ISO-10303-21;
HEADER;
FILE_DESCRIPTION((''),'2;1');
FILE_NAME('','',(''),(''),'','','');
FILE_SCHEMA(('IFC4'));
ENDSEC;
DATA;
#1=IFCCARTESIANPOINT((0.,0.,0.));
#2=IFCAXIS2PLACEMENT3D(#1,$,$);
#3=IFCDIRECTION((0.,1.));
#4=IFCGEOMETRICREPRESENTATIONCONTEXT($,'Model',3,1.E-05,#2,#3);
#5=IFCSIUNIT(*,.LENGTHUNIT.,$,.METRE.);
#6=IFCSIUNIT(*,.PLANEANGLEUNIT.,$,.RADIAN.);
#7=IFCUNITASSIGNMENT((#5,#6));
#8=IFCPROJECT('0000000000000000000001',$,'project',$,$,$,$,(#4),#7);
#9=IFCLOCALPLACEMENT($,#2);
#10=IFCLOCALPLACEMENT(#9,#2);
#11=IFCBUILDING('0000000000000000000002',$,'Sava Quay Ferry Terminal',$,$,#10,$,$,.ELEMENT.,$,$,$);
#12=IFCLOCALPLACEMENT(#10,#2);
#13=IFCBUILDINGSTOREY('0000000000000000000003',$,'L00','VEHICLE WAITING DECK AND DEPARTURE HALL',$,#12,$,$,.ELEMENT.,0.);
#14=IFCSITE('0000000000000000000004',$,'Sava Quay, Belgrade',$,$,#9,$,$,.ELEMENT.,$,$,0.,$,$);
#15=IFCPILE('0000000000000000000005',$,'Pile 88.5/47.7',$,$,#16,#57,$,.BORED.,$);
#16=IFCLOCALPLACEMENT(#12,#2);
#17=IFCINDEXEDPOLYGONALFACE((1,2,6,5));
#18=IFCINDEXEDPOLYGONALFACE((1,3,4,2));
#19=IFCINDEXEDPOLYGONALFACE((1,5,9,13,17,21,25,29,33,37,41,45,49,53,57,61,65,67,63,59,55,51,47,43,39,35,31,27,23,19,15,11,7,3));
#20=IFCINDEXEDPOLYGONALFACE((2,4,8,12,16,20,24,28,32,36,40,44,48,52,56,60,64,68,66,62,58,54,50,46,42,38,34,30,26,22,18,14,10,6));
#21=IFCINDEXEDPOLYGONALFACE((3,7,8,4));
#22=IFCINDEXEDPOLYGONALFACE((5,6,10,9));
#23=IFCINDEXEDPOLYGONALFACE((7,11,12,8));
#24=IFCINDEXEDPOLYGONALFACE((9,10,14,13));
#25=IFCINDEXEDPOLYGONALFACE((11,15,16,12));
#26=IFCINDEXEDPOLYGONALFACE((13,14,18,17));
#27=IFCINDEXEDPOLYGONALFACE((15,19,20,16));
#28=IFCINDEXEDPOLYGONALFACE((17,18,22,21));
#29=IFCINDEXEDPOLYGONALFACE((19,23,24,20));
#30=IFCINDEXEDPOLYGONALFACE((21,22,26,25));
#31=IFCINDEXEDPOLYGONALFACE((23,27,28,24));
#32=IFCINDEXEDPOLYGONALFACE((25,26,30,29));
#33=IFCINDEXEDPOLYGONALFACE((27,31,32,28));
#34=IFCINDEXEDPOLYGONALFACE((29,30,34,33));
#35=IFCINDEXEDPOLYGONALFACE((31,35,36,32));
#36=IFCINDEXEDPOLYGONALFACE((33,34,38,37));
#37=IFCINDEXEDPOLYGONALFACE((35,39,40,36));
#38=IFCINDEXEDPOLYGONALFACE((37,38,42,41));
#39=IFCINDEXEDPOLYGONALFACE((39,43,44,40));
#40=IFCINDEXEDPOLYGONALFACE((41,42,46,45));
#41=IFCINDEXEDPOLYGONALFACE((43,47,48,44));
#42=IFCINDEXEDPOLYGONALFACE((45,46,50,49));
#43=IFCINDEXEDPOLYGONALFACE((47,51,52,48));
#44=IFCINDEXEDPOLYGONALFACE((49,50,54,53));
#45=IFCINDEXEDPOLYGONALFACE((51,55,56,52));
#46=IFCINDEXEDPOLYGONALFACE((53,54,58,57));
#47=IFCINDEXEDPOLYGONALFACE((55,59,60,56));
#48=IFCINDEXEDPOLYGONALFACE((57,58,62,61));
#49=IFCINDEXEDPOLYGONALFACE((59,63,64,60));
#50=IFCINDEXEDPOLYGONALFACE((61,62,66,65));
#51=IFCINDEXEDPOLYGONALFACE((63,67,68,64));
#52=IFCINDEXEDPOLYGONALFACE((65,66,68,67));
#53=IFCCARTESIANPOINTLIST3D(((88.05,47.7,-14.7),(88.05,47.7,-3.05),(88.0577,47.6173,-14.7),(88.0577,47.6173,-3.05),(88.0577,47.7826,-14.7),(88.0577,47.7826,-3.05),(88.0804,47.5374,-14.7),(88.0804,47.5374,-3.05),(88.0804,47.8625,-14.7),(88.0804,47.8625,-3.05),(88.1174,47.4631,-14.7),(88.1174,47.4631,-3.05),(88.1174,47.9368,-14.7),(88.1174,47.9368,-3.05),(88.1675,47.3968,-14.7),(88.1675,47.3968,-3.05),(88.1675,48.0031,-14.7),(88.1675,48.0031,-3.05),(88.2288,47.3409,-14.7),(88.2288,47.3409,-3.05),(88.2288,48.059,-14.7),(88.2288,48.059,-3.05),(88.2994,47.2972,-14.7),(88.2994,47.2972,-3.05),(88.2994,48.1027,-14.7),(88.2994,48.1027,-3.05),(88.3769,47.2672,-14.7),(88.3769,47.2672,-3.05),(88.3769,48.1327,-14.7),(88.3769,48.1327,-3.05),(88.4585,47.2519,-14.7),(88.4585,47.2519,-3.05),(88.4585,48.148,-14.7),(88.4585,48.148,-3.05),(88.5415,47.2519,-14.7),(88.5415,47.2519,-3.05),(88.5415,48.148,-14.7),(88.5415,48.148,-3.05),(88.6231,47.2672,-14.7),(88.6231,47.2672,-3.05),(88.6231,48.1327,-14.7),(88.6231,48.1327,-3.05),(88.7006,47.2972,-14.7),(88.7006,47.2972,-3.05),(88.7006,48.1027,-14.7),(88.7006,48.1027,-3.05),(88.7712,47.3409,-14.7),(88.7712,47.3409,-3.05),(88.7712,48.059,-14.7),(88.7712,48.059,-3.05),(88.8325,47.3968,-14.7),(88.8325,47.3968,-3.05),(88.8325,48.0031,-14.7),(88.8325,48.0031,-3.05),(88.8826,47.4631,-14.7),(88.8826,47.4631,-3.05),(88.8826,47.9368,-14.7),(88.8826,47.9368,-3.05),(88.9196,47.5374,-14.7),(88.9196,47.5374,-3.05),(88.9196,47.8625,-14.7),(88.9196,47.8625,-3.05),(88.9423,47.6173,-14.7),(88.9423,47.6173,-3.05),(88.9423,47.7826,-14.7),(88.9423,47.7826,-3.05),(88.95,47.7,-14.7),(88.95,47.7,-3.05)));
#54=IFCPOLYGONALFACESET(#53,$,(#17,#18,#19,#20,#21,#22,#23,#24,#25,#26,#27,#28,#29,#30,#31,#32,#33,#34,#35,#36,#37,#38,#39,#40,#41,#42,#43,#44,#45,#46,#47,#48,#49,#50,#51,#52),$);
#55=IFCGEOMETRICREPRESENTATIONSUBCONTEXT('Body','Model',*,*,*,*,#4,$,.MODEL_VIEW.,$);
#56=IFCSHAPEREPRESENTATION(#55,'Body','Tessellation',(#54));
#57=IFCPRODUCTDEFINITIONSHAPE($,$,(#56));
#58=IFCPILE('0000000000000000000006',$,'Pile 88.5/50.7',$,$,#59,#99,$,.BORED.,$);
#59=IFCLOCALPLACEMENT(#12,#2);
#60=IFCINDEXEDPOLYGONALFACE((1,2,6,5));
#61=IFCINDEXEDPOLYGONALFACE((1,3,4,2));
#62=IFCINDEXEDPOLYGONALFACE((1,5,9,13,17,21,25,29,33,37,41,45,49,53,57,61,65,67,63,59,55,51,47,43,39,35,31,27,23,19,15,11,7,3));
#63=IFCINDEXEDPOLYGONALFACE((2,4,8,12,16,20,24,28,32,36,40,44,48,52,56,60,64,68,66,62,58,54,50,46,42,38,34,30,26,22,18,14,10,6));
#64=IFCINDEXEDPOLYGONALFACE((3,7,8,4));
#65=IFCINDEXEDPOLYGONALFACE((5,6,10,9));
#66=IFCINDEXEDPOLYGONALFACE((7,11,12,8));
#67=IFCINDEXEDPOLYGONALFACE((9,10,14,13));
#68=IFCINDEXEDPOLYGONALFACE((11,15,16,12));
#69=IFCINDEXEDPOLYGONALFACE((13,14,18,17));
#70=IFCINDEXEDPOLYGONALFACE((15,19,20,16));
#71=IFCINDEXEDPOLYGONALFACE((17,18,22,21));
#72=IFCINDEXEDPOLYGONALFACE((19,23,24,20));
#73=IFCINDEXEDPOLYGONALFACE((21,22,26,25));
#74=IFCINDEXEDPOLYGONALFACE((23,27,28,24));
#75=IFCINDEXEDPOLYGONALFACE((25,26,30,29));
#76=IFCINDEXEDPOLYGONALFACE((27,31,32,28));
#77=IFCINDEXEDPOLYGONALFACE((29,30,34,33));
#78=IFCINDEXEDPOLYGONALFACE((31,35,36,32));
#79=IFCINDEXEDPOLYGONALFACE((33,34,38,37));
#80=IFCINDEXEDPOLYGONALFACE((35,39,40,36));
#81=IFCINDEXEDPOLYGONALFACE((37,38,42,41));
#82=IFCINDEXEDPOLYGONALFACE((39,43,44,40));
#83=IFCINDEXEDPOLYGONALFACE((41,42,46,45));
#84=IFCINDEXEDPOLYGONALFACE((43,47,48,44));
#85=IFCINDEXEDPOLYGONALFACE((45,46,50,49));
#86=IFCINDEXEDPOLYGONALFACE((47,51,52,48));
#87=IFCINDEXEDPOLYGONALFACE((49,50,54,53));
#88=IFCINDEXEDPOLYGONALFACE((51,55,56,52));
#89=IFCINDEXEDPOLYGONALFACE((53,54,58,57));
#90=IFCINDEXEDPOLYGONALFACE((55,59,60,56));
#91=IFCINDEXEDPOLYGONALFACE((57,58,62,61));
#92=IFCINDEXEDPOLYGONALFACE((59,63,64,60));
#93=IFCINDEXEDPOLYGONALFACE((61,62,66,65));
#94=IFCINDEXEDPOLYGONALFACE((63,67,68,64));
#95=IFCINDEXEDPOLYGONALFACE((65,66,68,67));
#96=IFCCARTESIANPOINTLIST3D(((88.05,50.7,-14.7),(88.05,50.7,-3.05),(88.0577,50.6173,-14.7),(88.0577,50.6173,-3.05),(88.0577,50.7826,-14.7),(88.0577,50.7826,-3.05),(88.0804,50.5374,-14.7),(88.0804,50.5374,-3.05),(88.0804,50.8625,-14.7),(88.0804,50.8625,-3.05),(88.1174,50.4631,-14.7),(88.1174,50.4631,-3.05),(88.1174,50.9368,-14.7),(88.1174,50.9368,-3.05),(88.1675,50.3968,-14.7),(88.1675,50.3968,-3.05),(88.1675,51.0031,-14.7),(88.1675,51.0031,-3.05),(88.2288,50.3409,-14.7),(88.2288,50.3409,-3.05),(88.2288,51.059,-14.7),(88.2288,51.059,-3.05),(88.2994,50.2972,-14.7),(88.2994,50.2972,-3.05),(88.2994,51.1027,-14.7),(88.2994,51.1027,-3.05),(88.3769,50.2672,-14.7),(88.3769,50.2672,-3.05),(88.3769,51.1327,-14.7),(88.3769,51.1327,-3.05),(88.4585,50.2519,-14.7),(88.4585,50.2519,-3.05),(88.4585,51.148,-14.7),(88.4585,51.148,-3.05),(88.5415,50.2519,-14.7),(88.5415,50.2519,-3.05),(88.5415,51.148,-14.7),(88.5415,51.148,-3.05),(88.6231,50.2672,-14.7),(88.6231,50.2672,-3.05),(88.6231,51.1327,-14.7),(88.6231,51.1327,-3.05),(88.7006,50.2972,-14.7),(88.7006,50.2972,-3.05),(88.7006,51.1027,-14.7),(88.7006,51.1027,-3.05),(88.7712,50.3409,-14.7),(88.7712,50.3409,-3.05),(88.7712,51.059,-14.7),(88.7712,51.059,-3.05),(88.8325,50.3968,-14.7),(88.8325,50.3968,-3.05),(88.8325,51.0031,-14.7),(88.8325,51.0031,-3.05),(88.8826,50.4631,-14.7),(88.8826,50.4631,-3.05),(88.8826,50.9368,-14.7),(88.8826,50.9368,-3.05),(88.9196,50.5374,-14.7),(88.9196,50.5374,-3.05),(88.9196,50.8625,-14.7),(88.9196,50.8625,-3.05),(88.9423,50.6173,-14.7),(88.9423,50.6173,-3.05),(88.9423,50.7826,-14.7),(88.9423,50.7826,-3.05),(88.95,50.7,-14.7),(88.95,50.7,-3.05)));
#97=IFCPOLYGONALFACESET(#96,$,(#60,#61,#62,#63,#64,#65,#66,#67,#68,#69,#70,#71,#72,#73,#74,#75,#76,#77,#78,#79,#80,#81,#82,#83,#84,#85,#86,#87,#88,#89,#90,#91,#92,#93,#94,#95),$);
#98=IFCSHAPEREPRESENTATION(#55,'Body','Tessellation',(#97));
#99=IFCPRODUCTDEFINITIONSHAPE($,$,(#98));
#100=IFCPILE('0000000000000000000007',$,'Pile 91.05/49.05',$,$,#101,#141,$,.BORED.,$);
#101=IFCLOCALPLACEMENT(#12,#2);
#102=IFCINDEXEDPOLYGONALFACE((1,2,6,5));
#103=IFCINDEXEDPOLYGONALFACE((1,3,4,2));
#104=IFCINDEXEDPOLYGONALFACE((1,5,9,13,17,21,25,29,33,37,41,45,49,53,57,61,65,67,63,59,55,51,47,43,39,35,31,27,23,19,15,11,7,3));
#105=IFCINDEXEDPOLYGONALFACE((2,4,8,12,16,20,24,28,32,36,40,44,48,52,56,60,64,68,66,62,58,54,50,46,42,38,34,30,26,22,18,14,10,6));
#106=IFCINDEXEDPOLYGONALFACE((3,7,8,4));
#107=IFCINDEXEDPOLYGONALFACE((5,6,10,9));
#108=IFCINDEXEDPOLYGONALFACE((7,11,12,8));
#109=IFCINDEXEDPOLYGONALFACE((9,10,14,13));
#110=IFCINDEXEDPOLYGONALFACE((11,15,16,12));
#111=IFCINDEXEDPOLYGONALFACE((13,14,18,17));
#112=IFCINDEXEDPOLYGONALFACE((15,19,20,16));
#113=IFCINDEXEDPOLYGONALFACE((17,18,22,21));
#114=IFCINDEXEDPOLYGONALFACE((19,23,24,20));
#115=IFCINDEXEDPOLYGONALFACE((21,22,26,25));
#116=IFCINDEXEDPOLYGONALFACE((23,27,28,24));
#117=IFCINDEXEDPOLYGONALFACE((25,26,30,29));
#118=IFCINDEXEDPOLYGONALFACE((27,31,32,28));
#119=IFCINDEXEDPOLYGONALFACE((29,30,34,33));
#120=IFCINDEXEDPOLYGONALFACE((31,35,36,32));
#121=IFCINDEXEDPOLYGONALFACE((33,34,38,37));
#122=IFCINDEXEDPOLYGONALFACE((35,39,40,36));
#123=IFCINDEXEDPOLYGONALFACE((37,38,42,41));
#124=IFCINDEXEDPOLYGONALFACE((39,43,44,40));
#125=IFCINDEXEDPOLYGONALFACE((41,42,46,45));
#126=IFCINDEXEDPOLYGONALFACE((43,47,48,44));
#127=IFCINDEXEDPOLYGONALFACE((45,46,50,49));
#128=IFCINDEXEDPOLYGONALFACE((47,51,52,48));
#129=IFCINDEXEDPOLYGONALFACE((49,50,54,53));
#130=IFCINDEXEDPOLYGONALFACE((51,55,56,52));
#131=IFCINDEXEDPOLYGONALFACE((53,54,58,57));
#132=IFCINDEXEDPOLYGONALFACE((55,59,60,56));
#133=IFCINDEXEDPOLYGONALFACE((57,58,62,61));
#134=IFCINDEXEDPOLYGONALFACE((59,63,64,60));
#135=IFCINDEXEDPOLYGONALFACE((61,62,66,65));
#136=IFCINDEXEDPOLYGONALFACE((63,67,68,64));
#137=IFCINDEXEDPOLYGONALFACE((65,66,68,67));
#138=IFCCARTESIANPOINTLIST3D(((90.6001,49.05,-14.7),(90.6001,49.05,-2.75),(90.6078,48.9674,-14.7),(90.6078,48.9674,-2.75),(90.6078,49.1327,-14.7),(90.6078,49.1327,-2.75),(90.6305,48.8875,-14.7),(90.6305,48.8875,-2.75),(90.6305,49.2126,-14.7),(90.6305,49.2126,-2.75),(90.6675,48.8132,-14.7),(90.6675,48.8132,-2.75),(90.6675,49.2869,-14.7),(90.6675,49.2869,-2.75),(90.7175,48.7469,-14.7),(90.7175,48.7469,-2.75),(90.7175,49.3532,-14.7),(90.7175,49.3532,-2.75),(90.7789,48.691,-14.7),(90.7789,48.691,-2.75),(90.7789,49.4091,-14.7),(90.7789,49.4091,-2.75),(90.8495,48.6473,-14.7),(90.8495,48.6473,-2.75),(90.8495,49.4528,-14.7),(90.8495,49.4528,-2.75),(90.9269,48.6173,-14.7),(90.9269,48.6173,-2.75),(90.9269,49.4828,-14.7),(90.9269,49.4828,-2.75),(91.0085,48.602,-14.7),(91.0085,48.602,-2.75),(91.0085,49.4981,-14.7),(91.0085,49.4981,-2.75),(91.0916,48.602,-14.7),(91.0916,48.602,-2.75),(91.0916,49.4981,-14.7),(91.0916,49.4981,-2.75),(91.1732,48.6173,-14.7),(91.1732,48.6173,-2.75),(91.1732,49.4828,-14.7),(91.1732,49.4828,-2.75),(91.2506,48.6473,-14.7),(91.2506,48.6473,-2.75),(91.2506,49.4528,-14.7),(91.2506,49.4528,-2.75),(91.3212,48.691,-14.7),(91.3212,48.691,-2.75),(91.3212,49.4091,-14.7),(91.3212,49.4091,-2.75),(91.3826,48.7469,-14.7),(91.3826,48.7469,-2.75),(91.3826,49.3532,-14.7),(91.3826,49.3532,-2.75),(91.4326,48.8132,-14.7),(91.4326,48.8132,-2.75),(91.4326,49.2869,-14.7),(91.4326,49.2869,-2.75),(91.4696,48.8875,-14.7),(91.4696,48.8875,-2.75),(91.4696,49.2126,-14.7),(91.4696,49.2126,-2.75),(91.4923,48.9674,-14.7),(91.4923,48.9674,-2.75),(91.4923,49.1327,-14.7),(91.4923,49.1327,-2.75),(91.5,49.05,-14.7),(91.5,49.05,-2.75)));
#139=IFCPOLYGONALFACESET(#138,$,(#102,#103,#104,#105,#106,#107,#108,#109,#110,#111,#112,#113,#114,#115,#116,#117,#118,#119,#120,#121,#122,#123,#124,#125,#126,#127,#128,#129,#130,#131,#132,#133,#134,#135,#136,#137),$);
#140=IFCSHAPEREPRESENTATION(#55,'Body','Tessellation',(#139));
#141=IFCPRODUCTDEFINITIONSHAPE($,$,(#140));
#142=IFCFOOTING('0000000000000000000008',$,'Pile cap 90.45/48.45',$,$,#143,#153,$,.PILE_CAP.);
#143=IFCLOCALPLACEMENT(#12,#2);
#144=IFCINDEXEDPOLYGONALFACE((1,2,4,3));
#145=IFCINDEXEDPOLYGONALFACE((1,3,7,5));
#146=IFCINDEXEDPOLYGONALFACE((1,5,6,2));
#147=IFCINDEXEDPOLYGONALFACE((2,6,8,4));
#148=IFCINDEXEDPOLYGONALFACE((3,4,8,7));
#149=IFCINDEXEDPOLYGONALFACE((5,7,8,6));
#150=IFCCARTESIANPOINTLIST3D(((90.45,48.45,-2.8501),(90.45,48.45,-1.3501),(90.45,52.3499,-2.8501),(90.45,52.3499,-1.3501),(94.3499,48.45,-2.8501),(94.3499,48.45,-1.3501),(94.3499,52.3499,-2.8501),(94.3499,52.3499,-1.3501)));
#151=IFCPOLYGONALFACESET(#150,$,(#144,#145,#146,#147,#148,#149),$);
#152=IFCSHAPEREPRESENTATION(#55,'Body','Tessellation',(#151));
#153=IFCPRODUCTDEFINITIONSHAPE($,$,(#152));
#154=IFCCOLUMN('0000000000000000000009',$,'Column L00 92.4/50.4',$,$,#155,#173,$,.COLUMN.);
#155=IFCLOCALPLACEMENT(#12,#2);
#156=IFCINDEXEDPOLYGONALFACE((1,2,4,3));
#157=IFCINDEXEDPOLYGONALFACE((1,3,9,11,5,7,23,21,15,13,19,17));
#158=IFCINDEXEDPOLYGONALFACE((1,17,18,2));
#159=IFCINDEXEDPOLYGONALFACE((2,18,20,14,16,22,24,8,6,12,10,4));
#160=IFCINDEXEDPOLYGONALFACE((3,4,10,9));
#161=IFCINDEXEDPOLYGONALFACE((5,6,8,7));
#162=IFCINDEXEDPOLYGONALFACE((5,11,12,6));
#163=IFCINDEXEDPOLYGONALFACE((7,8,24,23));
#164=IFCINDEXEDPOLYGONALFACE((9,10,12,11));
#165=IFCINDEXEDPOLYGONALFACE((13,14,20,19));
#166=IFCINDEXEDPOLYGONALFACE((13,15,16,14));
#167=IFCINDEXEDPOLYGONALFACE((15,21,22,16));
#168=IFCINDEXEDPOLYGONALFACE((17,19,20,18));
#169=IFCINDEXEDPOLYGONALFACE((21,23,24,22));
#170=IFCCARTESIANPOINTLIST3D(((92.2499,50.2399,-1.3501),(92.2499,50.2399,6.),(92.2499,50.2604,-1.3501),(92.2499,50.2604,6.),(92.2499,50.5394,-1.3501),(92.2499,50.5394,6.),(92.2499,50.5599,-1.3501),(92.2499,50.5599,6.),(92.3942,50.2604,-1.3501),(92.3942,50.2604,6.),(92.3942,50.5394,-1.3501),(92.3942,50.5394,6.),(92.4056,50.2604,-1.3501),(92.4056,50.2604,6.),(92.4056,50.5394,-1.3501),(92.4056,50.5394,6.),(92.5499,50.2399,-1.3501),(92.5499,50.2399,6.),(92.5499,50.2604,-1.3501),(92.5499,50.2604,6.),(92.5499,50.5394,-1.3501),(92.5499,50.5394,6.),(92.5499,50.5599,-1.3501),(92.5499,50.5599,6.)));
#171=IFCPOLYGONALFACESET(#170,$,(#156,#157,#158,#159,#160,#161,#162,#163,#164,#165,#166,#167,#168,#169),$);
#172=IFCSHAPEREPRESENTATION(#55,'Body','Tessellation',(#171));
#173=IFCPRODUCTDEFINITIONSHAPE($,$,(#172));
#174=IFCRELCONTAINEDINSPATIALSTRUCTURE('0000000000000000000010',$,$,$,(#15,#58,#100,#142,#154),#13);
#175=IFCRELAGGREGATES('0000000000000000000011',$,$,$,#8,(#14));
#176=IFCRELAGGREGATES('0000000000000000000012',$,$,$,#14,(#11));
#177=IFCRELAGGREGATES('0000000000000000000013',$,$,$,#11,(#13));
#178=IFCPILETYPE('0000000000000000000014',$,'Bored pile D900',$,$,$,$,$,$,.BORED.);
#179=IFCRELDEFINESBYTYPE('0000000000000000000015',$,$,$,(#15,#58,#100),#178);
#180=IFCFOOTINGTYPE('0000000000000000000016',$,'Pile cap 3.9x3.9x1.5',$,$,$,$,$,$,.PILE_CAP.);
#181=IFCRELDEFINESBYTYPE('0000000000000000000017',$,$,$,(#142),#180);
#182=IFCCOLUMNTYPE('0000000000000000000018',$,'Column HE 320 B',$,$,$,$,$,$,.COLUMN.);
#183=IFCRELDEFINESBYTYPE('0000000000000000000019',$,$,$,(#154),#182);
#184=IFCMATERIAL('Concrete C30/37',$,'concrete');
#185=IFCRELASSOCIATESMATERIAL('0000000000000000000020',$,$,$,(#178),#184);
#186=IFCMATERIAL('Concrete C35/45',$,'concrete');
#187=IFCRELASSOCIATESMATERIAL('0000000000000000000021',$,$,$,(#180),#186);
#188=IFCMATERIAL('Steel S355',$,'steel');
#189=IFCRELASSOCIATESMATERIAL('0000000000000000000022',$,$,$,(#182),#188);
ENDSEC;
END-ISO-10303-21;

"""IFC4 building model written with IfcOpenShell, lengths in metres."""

from ifc_helpers import new_model, si_unit, direction, frame, origin, origin_2d, place, context, subcontext, project, spatial, rectangle, circle, i_section, extrude, material, material_profile, profile_set, type_object, element, save


model = new_model("IFC4")

# Units and contexts
model_context = context("Model", 3, precision=1e-05, world=origin(), true_north=direction((0.0, 1.0)))
body_context = subcontext(model_context, "Body", "Model", "MODEL_VIEW")
ifc_project = project(units=[si_unit("LENGTHUNIT", "METRE"), si_unit("PLANEANGLEUNIT", "RADIAN")], contexts=[model_context])

# Site, building, storey
site_placement = place(None, origin())
site = spatial("IfcSite", under=ifc_project, at=site_placement, Name="Sava Quay, Belgrade", CompositionType="ELEMENT", RefElevation=0.0)
building_placement = place(site_placement, origin())
building = spatial("IfcBuilding", under=site, at=building_placement, Name="Sava Quay Ferry Terminal", CompositionType="ELEMENT")
storey_placement = place(building_placement, origin())
storey = spatial("IfcBuildingStorey", under=building, at=storey_placement, Name="L00", Description="VEHICLE WAITING DECK AND DEPARTURE HALL", CompositionType="ELEMENT", Elevation=0.0)

# Piles
ifc_material_1 = material(Name="Concrete C30/37", Category="concrete")
ifc_material_profile_1 = material_profile(ifc_material_1, circle(Radius=0.45, at=origin_2d()), Name="Bored pile D900")
ifc_profile_set_1 = profile_set([ifc_material_profile_1], Name="Concrete C30/37")
pile_type = type_object("IfcPileType", Name="Bored pile D900", PredefinedType="BORED", material=ifc_profile_set_1)
for number, where, z_axis, x_axis, name in (
    (1, (88.5, 47.7, -3.05), (0.0, 0.0, -1.0), (1.0, 0.0, 0.0), "Pile 88.5/47.7"),
    (2, (88.5, 50.7, -3.05), (0.0, 0.0, -1.0), (1.0, 0.0, 0.0), "Pile 88.5/50.7"),
):
    element("IfcPile", number, at=place(storey_placement, frame(where, z_axis=z_axis, x_axis=x_axis)), inside=storey, type_object=pile_type, Name=name, PredefinedType="BORED", context=body_context, shape_type="SweptSolid", body=[
        extrude(circle(Radius=0.45, at=origin_2d()), origin(), (0.0, 0.0, 1.0), 11.6499),
    ])
pile_placement = place(storey_placement, frame((91.05, 49.05, -2.75), z_axis=(0.0, 0.0, -1.0), x_axis=(1.0, 0.0, 0.0)))
element("IfcPile", 3, at=pile_placement, inside=storey, type_object=pile_type, Name="Pile 91.05/49.05", PredefinedType="BORED", context=body_context, shape_type="SweptSolid", body=[
    extrude(circle(Radius=0.45, at=origin_2d()), origin(), (0.0, 0.0, 1.0), 11.95),
])

# Footing
ifc_material_2 = material(Name="Concrete C35/45", Category="concrete")
footing_type = type_object("IfcFootingType", Name="Pile cap 3.9x3.9x1.5", PredefinedType="PILE_CAP", material=ifc_material_2)
footing_placement = place(storey_placement, frame((92.3999, 50.3999, -2.8501), z_axis=(0.0, 0.0, 1.0), x_axis=(1.0, 0.0, 0.0)))
element("IfcFooting", 4, at=footing_placement, inside=storey, type_object=footing_type, Name="Pile cap 90.45/48.45", PredefinedType="PILE_CAP", context=body_context, shape_type="SweptSolid", body=[
    extrude(rectangle(XDim=3.8999, YDim=3.8999, at=origin_2d()), origin(), (0.0, 0.0, 1.0), 1.5),
])

# Column
ifc_material_3 = material(Name="Steel S355", Category="steel")
ifc_material_profile_2 = material_profile(ifc_material_3, i_section(OverallWidth=0.3, OverallDepth=0.3201, WebThickness=0.0115, FlangeThickness=0.0205, at=origin_2d()), Name="HE 320 B")
ifc_profile_set_2 = profile_set([ifc_material_profile_2], Name="Steel S355")
column_type_1 = type_object("IfcColumnType", Name="Column HE 320 B", PredefinedType="COLUMN", material=ifc_profile_set_2)
column_1_placement = place(storey_placement, frame((92.3999, 50.3999, -1.3501), z_axis=(0.0, 0.0, 1.0), x_axis=(1.0, 0.0, 0.0)))
element("IfcColumn", 5, at=column_1_placement, inside=storey, type_object=column_type_1, Name="Column L00 92.4/50.4", PredefinedType="COLUMN", context=body_context, shape_type="SweptSolid", body=[
    extrude(i_section(OverallWidth=0.3, OverallDepth=0.3201, WebThickness=0.0115, FlangeThickness=0.0205, at=origin_2d()), origin(), (0.0, 0.0, 1.0), 7.3501),
])

save(model, "model.ifc")
